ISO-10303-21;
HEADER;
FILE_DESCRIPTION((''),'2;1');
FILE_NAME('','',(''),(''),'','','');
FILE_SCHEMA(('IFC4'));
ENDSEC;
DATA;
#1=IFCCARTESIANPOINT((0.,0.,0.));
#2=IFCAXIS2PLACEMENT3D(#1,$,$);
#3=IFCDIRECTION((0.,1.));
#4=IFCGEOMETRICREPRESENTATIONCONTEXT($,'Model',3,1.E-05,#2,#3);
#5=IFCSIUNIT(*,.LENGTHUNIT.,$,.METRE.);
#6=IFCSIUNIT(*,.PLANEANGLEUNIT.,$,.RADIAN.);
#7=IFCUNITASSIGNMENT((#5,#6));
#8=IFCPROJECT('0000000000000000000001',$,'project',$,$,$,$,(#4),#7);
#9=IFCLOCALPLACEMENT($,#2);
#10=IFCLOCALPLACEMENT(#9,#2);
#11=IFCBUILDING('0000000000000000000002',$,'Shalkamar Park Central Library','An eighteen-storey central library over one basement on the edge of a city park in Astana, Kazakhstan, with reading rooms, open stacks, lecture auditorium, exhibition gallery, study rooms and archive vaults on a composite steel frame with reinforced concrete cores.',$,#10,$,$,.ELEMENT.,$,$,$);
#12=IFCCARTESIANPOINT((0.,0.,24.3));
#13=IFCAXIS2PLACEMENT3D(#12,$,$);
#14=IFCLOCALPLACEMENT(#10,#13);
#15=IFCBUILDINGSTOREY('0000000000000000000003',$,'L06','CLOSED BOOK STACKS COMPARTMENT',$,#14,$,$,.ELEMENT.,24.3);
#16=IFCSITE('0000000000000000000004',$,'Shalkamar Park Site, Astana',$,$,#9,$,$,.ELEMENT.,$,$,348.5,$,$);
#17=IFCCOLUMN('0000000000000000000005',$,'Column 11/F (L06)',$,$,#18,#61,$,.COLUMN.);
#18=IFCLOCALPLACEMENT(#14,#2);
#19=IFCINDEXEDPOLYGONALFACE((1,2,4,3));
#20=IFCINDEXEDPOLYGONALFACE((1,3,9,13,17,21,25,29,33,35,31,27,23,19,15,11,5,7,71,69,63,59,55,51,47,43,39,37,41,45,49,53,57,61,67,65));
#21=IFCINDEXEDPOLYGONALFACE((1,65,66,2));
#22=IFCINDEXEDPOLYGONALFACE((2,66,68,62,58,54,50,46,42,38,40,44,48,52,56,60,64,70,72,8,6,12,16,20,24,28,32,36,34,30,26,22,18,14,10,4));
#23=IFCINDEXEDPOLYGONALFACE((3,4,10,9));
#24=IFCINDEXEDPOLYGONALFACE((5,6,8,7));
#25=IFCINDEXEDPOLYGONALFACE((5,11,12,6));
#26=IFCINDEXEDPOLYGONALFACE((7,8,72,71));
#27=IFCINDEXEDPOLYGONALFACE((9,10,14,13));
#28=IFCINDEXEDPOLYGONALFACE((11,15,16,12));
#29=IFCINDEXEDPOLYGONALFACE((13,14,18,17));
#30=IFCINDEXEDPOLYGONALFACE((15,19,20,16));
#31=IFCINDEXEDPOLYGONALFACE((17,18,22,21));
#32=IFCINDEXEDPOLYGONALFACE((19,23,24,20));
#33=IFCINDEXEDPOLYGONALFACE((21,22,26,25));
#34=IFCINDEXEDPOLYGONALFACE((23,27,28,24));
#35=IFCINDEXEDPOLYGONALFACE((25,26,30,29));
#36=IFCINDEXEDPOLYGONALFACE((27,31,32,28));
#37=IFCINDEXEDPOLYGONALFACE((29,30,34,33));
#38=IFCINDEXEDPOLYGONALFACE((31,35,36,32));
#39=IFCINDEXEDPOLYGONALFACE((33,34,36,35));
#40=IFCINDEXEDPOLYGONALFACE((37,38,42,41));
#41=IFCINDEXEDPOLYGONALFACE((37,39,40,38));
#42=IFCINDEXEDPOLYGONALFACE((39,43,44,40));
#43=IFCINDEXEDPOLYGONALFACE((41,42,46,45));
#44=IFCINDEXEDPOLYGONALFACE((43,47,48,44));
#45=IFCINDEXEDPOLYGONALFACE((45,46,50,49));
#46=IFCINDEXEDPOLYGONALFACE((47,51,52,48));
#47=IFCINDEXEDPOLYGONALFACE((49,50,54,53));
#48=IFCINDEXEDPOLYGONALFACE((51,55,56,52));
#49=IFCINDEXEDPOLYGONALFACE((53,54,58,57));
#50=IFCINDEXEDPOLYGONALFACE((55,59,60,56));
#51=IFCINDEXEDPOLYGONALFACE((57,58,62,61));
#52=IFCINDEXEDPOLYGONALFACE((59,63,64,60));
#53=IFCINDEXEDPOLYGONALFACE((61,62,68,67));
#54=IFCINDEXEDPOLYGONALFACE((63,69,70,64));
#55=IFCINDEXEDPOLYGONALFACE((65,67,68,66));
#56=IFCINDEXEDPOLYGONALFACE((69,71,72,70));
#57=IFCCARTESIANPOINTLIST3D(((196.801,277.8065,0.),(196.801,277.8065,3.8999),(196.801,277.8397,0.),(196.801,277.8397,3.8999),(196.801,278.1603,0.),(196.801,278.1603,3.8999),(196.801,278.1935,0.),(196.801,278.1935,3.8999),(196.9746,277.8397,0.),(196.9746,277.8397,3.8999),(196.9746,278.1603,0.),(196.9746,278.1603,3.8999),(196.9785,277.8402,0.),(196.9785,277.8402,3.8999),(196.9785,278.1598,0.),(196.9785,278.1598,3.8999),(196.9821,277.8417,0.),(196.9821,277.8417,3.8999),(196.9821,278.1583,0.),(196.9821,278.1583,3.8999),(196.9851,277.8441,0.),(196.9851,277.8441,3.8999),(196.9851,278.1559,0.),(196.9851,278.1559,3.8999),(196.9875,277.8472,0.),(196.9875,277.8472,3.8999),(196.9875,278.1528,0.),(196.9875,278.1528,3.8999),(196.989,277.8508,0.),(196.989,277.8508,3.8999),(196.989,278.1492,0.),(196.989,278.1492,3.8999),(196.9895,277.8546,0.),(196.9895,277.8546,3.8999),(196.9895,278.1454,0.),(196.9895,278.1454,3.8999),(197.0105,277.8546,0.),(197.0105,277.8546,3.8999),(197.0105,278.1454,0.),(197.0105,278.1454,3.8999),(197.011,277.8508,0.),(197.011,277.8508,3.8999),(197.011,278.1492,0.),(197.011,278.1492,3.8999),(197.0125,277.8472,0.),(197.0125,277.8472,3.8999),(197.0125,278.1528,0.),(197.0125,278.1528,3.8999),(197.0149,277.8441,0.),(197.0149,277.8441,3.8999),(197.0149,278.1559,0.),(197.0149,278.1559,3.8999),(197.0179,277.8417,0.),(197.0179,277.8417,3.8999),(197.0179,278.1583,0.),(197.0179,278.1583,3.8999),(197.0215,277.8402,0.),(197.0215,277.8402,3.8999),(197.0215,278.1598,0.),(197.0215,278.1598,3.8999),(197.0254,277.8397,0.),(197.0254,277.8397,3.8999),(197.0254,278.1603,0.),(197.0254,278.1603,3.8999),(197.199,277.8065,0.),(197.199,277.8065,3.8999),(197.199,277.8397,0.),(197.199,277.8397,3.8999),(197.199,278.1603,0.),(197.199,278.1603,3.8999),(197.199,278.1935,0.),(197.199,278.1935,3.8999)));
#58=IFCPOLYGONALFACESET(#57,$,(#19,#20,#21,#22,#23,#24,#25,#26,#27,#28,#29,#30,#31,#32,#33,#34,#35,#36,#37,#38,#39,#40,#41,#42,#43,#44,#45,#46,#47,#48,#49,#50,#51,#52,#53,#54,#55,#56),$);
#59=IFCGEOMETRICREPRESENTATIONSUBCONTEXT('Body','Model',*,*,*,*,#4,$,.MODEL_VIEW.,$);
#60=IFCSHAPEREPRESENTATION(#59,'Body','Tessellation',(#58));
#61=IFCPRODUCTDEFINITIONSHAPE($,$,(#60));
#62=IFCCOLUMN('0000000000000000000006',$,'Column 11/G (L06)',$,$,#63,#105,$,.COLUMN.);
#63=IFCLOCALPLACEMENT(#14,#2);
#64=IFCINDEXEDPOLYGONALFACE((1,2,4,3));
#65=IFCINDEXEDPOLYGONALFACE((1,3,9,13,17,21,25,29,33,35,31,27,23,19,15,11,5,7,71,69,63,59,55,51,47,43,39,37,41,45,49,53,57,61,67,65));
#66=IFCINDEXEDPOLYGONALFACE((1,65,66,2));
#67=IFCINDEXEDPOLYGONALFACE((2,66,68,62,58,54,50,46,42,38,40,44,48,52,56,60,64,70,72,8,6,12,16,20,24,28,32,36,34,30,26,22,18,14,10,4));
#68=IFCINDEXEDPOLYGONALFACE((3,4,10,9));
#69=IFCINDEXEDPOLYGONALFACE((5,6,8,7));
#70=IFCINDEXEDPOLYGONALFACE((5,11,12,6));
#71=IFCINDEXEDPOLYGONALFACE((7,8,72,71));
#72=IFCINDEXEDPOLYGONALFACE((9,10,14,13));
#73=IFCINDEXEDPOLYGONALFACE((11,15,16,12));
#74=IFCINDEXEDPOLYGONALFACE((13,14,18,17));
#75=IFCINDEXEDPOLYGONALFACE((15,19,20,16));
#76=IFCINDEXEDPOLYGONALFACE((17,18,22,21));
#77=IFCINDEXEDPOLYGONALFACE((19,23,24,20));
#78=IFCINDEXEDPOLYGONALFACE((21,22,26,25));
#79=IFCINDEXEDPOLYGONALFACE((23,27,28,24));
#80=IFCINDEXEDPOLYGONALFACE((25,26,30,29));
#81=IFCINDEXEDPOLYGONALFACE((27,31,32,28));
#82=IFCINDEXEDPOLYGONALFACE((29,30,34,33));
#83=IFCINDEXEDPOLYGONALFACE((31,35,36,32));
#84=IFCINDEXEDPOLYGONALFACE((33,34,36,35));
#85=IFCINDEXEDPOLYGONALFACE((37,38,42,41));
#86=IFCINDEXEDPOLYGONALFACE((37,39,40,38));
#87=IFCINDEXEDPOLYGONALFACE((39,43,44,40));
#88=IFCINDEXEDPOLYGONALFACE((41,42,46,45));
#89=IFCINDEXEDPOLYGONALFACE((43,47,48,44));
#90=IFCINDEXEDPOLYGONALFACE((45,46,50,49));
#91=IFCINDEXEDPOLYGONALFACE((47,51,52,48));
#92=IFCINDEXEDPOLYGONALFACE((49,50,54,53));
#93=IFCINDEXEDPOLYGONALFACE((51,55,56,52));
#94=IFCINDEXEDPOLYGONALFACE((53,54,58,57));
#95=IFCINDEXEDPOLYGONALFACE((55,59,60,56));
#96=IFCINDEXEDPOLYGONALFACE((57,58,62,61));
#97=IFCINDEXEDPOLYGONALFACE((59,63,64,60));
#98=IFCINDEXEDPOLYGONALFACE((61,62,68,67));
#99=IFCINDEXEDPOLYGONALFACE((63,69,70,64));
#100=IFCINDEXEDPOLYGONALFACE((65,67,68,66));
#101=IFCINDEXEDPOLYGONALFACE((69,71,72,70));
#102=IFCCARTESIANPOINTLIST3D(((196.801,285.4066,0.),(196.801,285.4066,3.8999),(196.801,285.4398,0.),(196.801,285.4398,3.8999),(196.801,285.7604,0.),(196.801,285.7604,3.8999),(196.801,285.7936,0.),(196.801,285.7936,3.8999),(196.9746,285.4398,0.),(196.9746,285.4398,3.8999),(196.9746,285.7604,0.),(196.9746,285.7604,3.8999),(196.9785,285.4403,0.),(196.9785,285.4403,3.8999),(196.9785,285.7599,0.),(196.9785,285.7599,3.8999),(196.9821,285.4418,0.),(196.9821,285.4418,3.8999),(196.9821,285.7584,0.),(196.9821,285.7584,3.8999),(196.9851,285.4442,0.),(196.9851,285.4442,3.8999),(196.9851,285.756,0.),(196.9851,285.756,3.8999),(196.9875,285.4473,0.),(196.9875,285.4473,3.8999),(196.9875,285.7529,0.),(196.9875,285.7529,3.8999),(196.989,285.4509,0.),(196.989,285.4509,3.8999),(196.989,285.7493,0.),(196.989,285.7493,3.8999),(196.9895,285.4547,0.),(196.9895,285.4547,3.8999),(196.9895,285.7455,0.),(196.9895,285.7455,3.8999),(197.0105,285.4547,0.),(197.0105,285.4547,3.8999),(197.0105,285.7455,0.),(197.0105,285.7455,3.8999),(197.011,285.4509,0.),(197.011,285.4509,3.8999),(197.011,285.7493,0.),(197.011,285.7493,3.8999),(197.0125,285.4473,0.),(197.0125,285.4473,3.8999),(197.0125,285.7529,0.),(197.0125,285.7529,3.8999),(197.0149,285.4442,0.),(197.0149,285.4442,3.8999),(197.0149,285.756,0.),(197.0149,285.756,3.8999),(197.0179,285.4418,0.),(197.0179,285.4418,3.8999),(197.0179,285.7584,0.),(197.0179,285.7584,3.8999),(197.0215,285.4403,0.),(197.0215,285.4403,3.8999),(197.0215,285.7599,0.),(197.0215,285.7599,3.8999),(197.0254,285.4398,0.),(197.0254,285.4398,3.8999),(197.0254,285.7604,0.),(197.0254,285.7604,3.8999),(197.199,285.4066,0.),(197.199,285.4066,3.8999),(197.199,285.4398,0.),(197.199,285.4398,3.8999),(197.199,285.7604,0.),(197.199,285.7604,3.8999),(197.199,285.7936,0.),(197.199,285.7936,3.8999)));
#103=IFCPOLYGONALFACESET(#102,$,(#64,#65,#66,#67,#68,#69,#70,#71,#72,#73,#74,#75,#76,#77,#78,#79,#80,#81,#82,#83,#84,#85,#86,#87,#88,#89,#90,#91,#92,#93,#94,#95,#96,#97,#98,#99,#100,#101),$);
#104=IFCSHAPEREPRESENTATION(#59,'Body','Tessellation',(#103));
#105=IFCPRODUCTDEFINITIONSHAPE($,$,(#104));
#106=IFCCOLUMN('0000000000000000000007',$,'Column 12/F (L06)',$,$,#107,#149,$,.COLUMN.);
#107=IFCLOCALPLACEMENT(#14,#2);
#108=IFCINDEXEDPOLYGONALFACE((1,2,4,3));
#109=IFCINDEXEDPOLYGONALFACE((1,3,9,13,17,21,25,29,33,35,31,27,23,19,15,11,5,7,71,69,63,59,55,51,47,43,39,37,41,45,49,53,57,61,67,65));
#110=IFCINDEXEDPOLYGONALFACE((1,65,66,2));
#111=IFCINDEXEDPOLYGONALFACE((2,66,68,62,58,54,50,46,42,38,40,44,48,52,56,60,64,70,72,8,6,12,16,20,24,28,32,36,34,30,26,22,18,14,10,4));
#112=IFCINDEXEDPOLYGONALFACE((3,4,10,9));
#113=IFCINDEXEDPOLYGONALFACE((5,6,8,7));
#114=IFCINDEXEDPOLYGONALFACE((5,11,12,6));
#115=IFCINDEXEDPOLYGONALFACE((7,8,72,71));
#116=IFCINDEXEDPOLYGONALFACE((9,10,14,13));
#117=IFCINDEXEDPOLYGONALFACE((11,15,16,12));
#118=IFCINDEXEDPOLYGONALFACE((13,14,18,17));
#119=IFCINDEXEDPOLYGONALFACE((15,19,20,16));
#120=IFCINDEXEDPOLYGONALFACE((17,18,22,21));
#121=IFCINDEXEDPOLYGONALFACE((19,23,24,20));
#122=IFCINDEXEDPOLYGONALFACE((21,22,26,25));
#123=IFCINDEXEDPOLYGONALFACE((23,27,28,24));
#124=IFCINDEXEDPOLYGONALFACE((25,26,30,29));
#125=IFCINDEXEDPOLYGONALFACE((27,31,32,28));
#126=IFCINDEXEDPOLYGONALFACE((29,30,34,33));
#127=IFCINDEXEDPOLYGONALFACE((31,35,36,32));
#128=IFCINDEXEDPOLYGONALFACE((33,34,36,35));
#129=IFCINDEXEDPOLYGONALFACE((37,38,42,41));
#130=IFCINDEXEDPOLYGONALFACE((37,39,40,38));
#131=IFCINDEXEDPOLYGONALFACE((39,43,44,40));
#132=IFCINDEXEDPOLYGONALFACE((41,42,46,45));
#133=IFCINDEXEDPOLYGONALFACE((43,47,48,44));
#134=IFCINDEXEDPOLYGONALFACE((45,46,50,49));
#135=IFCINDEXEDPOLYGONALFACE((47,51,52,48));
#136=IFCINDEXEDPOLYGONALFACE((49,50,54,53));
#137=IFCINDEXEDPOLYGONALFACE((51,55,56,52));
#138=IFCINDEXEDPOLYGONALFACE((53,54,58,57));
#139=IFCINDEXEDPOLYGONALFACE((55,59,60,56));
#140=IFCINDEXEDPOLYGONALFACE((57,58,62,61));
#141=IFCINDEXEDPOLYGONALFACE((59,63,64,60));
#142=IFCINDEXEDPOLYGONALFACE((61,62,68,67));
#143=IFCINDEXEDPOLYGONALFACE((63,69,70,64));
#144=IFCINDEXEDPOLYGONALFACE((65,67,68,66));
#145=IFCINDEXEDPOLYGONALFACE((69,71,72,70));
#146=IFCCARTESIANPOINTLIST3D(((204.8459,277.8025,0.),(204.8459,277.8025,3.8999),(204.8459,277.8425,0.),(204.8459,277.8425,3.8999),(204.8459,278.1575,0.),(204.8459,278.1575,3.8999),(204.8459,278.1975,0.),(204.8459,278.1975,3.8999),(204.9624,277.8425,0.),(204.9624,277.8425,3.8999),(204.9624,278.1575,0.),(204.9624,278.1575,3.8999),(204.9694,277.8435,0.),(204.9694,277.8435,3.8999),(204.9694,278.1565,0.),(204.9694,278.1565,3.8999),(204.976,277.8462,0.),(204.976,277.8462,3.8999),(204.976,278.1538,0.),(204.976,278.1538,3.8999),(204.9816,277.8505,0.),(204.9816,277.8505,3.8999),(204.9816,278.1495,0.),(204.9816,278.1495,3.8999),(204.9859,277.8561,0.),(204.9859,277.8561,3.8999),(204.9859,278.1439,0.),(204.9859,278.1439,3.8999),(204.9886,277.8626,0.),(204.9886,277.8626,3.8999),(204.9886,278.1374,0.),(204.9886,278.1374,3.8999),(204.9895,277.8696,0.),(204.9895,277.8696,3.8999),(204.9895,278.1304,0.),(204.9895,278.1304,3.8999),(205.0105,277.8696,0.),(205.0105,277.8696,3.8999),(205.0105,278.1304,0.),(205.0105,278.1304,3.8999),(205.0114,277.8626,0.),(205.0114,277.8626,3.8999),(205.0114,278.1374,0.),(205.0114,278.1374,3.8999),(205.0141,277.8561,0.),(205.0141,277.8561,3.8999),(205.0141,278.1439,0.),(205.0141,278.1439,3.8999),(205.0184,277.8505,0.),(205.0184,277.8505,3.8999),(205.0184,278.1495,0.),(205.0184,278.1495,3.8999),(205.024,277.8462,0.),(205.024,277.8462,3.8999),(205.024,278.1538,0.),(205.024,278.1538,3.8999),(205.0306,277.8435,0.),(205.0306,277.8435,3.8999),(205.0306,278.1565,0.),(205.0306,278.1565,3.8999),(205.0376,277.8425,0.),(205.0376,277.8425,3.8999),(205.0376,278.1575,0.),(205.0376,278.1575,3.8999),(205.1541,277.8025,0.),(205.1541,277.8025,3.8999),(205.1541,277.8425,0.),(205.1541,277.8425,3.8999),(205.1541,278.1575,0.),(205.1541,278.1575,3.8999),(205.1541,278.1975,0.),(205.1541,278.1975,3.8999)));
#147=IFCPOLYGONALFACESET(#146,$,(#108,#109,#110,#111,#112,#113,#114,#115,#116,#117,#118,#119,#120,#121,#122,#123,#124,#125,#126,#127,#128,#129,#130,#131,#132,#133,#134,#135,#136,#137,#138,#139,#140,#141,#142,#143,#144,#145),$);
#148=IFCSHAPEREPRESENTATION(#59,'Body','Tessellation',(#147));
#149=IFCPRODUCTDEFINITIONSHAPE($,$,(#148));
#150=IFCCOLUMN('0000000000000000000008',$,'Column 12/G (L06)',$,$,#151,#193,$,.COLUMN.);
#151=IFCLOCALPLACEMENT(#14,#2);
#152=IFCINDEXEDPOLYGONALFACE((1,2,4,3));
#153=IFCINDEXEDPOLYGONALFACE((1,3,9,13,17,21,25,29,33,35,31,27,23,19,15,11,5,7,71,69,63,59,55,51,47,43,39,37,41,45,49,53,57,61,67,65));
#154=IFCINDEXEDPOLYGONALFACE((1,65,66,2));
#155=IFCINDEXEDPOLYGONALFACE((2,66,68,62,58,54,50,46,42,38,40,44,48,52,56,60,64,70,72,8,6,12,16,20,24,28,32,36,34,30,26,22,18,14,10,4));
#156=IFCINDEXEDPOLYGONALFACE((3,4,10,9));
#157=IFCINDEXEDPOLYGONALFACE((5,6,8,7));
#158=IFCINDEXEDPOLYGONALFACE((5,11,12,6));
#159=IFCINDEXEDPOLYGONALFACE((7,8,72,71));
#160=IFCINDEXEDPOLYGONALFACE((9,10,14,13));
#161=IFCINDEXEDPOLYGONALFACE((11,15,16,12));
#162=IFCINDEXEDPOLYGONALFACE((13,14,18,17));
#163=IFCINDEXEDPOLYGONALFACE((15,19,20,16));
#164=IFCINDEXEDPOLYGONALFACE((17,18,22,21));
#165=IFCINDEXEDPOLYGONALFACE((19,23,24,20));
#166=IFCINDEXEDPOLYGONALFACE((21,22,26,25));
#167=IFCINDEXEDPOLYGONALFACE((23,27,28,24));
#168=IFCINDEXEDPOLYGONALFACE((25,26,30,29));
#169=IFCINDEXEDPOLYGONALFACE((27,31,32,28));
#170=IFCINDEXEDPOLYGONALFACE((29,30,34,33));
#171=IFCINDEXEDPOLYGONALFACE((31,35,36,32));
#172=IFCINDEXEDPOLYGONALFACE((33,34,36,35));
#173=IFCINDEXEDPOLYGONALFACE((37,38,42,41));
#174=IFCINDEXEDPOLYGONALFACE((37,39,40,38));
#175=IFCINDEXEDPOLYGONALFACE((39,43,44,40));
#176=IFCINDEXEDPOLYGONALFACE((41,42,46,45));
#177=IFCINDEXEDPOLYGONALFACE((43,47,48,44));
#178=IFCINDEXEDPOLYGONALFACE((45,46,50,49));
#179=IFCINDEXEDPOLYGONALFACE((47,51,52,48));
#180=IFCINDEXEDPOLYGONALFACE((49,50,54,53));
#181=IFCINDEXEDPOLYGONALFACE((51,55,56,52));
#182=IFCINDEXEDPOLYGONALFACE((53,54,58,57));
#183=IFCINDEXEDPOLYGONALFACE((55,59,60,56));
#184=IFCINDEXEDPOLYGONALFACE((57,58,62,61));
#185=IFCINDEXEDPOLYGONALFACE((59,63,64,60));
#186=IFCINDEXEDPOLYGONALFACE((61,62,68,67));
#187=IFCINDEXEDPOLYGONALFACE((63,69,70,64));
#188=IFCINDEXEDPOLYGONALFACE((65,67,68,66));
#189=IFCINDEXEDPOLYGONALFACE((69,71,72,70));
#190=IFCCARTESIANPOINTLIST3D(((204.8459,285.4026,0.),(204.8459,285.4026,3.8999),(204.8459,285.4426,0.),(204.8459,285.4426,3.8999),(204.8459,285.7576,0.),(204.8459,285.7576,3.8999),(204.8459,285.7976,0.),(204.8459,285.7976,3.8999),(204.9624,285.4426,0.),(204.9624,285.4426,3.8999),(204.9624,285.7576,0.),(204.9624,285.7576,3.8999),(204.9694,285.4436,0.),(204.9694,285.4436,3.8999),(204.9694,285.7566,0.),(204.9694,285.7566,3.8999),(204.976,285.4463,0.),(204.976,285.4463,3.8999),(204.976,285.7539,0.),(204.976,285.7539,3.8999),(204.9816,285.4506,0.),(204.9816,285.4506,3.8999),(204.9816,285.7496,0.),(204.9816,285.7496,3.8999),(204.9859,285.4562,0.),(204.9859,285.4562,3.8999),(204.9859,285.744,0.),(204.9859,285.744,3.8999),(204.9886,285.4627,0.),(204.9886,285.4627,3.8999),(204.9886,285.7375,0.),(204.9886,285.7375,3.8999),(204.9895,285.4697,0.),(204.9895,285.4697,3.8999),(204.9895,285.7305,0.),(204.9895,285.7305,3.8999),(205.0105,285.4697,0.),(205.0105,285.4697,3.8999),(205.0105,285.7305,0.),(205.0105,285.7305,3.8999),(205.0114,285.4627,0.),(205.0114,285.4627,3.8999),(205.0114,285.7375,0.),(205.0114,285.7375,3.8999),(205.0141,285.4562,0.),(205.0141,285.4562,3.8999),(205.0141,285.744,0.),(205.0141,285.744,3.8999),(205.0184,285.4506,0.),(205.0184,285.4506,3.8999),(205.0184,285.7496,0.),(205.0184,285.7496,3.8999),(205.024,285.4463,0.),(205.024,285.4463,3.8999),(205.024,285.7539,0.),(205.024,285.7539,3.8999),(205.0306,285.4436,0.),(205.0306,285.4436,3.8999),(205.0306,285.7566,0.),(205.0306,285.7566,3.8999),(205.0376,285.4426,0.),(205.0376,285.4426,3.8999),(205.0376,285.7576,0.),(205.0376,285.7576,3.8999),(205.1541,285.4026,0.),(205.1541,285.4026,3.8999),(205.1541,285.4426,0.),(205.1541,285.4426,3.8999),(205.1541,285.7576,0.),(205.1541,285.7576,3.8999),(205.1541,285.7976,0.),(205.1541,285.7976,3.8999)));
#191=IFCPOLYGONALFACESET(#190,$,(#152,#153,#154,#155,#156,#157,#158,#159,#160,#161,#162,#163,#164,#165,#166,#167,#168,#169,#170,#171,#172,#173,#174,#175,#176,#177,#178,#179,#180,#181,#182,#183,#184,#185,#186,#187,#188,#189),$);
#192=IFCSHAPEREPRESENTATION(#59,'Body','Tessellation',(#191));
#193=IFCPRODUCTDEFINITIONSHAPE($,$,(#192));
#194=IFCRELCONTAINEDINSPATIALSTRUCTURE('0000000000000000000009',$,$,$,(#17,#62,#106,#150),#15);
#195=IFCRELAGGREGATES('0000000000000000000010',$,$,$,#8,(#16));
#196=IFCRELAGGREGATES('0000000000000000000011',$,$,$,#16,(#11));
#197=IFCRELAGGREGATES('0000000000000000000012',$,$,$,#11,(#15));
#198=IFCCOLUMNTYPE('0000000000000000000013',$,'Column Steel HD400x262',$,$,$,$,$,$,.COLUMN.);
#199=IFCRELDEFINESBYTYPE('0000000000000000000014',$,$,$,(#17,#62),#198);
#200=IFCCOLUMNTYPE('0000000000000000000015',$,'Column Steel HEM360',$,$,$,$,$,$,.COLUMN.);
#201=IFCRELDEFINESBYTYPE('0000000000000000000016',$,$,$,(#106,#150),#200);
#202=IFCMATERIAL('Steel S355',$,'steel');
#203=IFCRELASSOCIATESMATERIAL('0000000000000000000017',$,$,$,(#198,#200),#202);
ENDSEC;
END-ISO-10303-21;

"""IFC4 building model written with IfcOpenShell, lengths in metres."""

from ifc_helpers import new_model, si_unit, direction, frame, origin, origin_2d, place, context, subcontext, project, spatial, i_section, extrude, material, material_profile, profile_set, type_object, element, save


model = new_model("IFC4")

# Units and contexts
model_context = context("Model", 3, precision=1e-05, world=origin(), true_north=direction((0.0, 1.0)))
body_context = subcontext(model_context, "Body", "Model", "MODEL_VIEW")
ifc_project = project(units=[si_unit("LENGTHUNIT", "METRE"), si_unit("PLANEANGLEUNIT", "RADIAN")], contexts=[model_context])

# Site, building, storey
site_placement = place(None, origin())
site = spatial("IfcSite", under=ifc_project, at=site_placement, Name="Shalkamar Park Site, Astana", CompositionType="ELEMENT", RefElevation=348.5)
building_placement = place(site_placement, origin())
building = spatial("IfcBuilding", under=site, at=building_placement, Name="Shalkamar Park Central Library", Description="An eighteen-storey central library over one basement on the edge of a city park in Astana, Kazakhstan, with reading rooms, open stacks, lecture auditorium, exhibition gallery, study rooms and archive vaults on a composite steel frame with reinforced concrete cores.", CompositionType="ELEMENT")
storey_placement = place(building_placement, frame((0.0, 0.0, 24.3)))
storey = spatial("IfcBuildingStorey", under=building, at=storey_placement, Name="L06", Description="CLOSED BOOK STACKS COMPARTMENT", CompositionType="ELEMENT", Elevation=24.3)

# Columns
ifc_material_1 = material(Name="Steel S355", Category="steel")
ifc_material_profile_1 = material_profile(ifc_material_1, i_section(OverallWidth=0.3979, OverallDepth=0.387, WebThickness=0.021, FlangeThickness=0.0332, FilletRadius=0.0149, at=origin_2d()), Name="HD 400x262")
ifc_profile_set_1 = profile_set([ifc_material_profile_1], Name="Steel S355")
column_type_1 = type_object("IfcColumnType", Name="Column Steel HD400x262", PredefinedType="COLUMN", material=ifc_profile_set_1)
for number, where, z_axis, x_axis, name in (
    (1, (197.0, 278.0, 0.0), (0.0, 0.0, 1.0), (1.0, 0.0, 0.0), "Column 11/F (L06)"),
    (2, (197.0, 285.6001, 0.0), (0.0, 0.0, 1.0), (1.0, 0.0, 0.0), "Column 11/G (L06)"),
):
    element("IfcColumn", number, at=place(storey_placement, frame(where, z_axis=z_axis, x_axis=x_axis)), inside=storey, type_object=column_type_1, Name=name, PredefinedType="COLUMN", context=body_context, shape_type="SweptSolid", body=[
        extrude(i_section(OverallWidth=0.3979, OverallDepth=0.387, WebThickness=0.021, FlangeThickness=0.0332, FilletRadius=0.0149, at=origin_2d()), origin(), (0.0, 0.0, 1.0), 3.8999),
    ])
ifc_material_profile_2 = material_profile(ifc_material_1, i_section(OverallWidth=0.3081, OverallDepth=0.395, WebThickness=0.021, FlangeThickness=0.04, FilletRadius=0.0271, at=origin_2d()), Name="HEM 360")
ifc_profile_set_2 = profile_set([ifc_material_profile_2], Name="Steel S355")
column_type_2 = type_object("IfcColumnType", Name="Column Steel HEM360", PredefinedType="COLUMN", material=ifc_profile_set_2)
for number, where, z_axis, x_axis, name in (
    (3, (205.0, 278.0, 0.0), (0.0, 0.0, 1.0), (1.0, 0.0, 0.0), "Column 12/F (L06)"),
    (4, (205.0, 285.6001, 0.0), (0.0, 0.0, 1.0), (1.0, 0.0, 0.0), "Column 12/G (L06)"),
):
    element("IfcColumn", number, at=place(storey_placement, frame(where, z_axis=z_axis, x_axis=x_axis)), inside=storey, type_object=column_type_2, Name=name, PredefinedType="COLUMN", context=body_context, shape_type="SweptSolid", body=[
        extrude(i_section(OverallWidth=0.3081, OverallDepth=0.395, WebThickness=0.021, FlangeThickness=0.04, FilletRadius=0.0271, at=origin_2d()), origin(), (0.0, 0.0, 1.0), 3.8999),
    ])

save(model, "model.ifc")
